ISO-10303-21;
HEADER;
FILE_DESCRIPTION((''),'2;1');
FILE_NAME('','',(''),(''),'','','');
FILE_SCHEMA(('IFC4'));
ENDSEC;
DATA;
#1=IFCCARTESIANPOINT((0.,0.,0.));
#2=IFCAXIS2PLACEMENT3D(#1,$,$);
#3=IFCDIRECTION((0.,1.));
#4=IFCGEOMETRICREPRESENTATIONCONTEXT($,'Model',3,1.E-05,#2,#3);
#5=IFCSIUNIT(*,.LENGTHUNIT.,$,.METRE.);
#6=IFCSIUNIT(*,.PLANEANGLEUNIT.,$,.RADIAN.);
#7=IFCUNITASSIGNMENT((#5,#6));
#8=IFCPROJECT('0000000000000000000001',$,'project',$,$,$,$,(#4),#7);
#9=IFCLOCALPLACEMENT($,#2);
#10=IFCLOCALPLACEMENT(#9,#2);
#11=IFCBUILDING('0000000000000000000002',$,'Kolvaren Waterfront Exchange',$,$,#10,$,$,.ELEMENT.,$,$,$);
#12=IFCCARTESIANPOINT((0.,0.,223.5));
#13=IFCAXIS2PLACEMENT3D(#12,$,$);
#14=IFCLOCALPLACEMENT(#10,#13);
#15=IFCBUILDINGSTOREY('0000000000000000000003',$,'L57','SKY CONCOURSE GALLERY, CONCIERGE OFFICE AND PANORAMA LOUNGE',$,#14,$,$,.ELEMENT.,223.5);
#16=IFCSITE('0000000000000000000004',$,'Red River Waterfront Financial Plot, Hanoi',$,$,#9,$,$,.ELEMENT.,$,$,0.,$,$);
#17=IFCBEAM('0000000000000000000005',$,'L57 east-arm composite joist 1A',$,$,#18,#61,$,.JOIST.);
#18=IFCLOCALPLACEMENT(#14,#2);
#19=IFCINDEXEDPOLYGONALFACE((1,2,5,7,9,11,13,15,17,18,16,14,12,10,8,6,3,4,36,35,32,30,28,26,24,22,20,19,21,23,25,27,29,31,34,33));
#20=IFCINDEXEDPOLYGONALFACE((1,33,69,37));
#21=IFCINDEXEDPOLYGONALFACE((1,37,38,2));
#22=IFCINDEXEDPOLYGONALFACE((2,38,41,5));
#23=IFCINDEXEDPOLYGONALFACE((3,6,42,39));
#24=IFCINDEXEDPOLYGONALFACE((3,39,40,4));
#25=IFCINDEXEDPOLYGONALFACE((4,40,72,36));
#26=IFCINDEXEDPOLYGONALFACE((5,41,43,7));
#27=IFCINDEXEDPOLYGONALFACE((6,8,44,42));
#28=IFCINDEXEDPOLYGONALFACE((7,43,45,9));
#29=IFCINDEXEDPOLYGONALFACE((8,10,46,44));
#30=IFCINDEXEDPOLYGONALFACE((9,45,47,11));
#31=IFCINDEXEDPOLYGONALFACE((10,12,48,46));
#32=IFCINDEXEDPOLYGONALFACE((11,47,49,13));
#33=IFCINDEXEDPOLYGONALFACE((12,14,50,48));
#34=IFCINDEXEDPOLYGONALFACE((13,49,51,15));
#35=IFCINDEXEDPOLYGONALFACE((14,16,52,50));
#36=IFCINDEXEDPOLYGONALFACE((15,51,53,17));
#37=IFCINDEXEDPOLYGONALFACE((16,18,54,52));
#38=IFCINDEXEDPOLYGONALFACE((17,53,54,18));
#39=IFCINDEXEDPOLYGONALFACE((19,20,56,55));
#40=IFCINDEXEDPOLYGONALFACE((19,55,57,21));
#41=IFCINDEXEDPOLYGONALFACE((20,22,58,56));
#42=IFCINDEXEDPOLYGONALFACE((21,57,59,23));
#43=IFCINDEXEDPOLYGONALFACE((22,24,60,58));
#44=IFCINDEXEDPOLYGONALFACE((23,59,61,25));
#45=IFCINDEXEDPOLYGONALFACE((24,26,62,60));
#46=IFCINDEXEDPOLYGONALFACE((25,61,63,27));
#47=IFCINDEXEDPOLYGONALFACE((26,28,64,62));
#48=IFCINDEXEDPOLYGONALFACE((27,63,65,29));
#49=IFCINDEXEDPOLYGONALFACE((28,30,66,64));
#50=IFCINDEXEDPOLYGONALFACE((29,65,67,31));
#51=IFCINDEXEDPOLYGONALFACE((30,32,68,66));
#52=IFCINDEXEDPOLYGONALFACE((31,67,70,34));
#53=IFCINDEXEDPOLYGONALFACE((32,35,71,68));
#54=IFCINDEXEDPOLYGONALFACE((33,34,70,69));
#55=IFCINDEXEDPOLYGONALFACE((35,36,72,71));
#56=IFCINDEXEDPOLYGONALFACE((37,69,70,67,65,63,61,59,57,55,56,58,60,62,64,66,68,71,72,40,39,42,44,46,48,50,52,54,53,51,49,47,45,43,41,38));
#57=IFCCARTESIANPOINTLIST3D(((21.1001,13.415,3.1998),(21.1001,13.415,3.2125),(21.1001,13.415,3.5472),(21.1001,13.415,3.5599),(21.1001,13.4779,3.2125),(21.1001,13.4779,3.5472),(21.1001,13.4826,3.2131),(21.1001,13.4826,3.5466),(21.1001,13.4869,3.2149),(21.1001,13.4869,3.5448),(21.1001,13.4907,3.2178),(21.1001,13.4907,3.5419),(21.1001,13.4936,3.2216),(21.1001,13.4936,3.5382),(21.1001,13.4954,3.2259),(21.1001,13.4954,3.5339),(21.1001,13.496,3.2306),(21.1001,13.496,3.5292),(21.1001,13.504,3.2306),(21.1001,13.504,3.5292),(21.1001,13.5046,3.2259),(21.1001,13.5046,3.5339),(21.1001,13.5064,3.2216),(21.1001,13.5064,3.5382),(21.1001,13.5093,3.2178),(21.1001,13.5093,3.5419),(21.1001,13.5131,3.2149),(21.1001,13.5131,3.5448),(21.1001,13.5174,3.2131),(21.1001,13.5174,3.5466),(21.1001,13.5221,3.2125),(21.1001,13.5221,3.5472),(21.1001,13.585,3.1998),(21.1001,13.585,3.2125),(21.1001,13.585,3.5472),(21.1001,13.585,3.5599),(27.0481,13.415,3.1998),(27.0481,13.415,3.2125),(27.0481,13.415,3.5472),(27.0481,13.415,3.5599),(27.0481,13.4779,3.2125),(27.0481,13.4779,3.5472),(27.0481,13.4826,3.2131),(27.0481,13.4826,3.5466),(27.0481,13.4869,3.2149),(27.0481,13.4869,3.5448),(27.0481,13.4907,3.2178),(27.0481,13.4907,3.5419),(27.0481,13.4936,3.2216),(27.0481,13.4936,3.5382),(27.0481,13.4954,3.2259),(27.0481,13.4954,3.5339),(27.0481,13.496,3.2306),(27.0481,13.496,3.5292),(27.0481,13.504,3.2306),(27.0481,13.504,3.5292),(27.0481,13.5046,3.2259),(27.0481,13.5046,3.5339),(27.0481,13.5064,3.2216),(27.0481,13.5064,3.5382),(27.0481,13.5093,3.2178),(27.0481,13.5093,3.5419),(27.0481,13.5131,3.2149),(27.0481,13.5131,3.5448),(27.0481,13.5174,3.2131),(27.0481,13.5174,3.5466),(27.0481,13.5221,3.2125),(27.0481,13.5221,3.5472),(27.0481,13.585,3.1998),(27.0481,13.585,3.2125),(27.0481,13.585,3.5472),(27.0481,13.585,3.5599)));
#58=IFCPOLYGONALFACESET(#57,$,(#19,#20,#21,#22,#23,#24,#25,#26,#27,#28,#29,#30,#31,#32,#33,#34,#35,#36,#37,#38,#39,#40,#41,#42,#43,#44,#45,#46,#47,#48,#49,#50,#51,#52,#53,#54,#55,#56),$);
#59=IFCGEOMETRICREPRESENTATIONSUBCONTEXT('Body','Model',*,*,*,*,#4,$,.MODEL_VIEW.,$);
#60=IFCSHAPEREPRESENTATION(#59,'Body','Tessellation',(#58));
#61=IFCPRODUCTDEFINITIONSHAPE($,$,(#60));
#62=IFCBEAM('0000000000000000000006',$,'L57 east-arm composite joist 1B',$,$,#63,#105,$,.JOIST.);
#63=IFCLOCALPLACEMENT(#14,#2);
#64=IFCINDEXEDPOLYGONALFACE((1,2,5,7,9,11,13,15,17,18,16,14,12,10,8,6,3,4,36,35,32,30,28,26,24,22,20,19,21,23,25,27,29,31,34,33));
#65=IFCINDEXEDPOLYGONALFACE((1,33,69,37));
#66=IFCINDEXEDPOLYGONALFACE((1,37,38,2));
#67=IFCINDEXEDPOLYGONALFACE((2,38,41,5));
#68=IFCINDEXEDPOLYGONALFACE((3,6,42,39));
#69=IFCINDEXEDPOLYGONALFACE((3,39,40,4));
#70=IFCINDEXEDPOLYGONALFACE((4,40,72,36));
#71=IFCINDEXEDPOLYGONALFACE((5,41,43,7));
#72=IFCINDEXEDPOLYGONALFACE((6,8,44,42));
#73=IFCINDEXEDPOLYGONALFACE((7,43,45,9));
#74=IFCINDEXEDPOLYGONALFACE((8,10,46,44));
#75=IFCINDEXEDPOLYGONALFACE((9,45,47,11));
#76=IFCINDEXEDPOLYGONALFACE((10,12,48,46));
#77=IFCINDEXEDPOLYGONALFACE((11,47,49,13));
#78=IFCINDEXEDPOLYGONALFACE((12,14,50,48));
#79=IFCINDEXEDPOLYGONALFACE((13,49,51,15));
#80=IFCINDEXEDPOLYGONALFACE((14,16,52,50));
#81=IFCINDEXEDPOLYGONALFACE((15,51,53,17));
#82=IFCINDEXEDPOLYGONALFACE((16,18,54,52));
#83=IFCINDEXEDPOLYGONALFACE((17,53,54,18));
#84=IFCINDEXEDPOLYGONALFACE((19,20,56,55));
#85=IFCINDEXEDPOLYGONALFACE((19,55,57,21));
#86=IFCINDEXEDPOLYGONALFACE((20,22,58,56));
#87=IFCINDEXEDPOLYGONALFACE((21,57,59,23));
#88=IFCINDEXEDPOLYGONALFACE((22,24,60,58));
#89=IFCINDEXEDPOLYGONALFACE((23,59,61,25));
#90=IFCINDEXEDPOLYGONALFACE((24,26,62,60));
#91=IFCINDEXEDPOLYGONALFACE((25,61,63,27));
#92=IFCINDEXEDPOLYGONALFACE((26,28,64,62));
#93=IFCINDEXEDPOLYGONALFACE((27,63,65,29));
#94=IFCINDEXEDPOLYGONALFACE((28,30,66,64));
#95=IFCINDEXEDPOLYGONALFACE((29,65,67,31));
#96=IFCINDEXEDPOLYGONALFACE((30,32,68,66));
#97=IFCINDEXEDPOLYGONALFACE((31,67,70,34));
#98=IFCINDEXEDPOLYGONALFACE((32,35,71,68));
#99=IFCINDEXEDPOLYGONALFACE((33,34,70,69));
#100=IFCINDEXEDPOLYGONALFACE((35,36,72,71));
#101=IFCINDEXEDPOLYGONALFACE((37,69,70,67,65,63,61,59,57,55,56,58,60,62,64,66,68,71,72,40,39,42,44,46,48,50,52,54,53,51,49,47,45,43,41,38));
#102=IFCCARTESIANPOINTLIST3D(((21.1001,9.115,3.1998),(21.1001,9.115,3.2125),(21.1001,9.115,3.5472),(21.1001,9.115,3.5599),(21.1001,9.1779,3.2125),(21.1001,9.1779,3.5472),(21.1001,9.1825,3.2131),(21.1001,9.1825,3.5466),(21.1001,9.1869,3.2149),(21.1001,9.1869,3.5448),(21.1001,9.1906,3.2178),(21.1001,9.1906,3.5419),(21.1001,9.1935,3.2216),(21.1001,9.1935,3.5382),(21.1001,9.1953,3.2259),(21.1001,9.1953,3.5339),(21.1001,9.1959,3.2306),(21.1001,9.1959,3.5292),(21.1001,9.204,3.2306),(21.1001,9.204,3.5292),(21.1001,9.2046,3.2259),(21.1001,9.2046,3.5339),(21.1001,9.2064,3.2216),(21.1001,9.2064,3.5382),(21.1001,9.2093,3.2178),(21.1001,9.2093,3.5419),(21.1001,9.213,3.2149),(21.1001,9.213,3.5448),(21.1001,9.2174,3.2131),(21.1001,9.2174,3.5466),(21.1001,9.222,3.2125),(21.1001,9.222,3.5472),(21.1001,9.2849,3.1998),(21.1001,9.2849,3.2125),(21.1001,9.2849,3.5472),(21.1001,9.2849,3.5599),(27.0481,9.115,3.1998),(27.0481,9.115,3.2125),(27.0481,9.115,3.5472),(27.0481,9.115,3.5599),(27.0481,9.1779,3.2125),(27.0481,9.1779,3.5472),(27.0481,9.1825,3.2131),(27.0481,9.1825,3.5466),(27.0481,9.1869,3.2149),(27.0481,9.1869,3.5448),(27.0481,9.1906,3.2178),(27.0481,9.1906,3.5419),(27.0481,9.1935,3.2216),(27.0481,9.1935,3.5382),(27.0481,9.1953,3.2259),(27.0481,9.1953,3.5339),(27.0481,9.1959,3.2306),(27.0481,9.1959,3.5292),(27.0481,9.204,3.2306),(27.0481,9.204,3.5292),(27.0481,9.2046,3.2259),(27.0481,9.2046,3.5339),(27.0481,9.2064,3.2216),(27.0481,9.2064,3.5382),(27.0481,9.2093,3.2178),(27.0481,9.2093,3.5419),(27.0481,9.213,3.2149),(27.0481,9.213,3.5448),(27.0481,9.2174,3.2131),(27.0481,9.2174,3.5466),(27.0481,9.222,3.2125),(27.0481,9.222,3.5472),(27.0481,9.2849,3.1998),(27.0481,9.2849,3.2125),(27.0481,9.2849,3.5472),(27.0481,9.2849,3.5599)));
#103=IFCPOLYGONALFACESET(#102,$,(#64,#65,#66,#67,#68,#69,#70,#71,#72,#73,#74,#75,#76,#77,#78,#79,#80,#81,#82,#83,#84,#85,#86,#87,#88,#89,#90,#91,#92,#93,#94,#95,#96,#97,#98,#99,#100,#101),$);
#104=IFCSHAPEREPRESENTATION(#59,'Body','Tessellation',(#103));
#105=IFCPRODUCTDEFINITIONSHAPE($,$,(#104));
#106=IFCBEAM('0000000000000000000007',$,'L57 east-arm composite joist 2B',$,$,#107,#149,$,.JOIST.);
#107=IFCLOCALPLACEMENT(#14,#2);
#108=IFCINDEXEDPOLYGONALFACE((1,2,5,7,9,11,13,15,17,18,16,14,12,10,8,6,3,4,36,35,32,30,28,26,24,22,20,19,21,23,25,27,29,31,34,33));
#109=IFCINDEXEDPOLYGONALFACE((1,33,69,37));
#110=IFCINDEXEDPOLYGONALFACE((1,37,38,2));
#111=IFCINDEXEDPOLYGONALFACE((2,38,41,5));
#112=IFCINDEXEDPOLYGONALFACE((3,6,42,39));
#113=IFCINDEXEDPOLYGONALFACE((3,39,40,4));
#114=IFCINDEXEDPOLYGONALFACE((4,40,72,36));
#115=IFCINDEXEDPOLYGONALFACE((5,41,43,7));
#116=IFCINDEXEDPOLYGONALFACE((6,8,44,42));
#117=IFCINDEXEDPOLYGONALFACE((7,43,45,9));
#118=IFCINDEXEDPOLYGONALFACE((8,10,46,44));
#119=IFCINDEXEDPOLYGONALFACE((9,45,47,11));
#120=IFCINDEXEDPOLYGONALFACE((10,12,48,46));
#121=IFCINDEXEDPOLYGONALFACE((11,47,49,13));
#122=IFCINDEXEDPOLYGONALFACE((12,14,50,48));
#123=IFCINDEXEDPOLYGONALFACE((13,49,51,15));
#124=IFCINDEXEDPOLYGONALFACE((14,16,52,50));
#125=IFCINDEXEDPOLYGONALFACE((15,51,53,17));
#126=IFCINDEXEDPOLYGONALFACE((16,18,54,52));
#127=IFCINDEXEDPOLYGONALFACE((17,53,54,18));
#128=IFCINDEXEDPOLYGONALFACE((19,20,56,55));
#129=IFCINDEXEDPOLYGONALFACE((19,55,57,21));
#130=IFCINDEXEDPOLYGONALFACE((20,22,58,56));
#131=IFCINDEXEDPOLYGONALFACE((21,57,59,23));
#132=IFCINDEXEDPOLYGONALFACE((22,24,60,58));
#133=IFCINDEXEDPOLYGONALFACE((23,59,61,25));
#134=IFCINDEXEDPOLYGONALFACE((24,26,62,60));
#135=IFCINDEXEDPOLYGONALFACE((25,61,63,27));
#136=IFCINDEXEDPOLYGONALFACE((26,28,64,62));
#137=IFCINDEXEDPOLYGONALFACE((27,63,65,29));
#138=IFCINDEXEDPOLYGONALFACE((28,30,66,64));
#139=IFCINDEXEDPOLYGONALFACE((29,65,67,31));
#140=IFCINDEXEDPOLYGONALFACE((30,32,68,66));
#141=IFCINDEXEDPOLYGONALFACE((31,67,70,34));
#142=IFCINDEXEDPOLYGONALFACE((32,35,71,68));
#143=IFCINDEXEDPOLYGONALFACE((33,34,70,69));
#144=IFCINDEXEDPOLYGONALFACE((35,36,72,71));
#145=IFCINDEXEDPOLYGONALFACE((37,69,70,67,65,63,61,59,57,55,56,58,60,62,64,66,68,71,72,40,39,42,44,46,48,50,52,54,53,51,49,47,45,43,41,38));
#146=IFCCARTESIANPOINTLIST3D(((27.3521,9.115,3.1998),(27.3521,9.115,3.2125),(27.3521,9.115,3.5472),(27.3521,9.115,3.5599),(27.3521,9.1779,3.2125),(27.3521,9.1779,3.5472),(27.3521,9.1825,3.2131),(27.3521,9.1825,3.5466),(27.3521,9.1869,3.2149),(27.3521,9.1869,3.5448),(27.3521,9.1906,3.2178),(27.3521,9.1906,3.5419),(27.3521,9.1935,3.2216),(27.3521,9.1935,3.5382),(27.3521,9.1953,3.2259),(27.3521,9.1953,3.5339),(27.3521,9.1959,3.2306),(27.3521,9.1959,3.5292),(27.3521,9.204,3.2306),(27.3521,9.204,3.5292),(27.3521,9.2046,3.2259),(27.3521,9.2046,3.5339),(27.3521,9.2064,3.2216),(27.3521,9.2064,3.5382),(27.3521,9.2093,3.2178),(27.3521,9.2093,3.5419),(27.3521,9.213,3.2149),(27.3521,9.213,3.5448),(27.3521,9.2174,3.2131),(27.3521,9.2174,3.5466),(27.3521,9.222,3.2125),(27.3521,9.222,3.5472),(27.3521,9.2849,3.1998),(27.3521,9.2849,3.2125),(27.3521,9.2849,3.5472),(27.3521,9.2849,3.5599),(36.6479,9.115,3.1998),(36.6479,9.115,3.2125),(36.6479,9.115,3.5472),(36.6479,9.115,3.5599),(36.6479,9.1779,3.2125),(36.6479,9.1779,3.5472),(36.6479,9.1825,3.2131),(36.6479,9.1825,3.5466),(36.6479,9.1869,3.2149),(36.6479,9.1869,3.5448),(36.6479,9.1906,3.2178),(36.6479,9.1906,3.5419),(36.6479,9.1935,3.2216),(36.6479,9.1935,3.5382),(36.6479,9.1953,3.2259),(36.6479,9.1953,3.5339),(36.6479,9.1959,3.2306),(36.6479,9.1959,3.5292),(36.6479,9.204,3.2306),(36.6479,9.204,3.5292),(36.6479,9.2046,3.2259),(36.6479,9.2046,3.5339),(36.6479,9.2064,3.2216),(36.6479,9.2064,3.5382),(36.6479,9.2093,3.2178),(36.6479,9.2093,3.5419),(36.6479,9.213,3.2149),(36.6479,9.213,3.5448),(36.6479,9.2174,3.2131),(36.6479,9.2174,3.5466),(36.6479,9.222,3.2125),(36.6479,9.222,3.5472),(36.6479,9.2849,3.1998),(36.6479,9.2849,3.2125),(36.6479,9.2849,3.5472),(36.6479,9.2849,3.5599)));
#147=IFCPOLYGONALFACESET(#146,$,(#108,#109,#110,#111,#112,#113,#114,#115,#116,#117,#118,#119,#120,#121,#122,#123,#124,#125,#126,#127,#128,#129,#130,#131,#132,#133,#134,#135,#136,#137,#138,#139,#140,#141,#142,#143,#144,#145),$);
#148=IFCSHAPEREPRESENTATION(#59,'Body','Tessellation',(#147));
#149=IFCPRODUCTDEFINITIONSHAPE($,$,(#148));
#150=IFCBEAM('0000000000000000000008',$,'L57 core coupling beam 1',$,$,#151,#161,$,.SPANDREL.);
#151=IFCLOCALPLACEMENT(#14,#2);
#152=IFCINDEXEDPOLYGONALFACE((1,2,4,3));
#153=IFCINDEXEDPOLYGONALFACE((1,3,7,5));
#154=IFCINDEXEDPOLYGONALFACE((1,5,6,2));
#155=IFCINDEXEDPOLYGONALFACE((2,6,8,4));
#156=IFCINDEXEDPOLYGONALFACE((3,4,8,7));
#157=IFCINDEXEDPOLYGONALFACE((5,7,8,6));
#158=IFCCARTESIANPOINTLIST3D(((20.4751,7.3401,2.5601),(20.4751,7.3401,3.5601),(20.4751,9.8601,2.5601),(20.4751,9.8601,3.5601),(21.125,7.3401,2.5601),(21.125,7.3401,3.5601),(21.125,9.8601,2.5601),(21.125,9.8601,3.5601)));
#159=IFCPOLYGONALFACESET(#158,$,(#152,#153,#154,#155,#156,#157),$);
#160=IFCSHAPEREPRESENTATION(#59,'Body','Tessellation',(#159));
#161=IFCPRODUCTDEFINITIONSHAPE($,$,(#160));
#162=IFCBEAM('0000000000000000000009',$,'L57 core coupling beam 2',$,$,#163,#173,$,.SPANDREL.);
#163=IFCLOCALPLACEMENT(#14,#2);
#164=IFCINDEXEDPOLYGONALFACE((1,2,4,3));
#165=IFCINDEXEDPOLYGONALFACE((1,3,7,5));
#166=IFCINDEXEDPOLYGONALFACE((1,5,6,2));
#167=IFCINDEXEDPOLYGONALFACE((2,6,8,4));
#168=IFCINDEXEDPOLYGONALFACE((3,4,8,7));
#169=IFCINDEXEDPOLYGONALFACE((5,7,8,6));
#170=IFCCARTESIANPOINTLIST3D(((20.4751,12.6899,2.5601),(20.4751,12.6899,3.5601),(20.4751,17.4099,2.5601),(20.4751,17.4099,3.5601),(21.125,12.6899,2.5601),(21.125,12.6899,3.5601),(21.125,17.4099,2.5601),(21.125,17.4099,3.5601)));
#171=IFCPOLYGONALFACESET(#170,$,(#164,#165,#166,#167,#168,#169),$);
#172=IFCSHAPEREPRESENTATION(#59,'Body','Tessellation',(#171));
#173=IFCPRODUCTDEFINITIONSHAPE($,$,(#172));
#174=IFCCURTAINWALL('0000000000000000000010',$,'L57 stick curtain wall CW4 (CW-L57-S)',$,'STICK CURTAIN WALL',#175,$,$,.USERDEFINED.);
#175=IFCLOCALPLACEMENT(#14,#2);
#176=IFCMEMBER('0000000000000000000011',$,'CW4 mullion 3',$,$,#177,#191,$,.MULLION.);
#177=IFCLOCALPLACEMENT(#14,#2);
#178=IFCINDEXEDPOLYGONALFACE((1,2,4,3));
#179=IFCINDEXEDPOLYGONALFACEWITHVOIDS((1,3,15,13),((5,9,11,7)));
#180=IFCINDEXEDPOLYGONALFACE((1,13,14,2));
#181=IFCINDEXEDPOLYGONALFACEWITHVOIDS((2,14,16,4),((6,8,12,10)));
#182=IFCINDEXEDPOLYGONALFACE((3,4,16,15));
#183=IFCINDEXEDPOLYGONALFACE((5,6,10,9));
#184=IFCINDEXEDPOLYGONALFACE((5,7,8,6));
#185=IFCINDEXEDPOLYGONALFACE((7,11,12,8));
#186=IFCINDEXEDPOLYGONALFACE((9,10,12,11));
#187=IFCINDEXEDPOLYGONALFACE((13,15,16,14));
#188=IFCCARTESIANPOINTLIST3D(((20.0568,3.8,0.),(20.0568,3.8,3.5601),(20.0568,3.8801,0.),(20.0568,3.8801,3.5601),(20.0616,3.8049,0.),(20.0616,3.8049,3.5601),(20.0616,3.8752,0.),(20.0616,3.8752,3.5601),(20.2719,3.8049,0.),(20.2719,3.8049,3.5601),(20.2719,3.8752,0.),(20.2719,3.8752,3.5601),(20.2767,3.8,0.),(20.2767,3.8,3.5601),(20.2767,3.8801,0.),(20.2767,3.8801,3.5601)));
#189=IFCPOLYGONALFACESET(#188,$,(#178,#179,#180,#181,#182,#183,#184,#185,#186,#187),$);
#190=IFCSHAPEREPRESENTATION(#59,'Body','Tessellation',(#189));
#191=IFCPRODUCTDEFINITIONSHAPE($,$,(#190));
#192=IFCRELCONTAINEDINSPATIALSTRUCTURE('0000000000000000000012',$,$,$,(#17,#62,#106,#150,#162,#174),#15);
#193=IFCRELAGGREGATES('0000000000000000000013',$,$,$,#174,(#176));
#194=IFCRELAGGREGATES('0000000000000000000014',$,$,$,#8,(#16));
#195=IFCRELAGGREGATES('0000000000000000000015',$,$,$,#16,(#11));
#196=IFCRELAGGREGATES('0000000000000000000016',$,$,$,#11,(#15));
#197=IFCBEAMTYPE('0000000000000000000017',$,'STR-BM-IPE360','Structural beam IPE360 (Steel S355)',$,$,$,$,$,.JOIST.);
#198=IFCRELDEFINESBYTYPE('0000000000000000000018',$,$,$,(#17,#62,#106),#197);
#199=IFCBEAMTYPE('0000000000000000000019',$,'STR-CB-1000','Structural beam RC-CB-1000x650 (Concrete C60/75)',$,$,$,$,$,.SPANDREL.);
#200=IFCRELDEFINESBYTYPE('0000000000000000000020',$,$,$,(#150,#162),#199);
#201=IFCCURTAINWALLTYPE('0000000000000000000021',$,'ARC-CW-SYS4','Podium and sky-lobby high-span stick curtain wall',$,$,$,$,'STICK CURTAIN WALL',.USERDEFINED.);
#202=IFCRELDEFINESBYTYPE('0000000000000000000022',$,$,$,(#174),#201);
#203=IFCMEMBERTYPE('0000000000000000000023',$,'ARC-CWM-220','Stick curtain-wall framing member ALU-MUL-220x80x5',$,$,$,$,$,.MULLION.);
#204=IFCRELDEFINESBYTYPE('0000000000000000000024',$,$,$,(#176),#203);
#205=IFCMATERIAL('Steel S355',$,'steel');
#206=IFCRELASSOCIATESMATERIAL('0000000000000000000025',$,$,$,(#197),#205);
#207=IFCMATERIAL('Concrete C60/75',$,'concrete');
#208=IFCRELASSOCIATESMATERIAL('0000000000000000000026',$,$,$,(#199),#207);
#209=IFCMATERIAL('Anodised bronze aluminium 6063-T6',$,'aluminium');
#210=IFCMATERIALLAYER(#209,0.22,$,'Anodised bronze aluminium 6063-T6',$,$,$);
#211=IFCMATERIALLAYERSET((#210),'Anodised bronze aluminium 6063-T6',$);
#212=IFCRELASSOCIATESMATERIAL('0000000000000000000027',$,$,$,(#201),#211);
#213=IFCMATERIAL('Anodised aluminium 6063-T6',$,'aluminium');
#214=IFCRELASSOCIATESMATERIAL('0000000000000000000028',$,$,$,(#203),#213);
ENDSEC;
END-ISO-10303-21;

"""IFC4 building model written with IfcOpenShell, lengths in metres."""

from ifc_helpers import new_model, si_unit, direction, frame, origin, origin_with_axes, origin_2d, place, context, subcontext, project, spatial, rectangle, hollow_rectangle, i_section, extrude, source, transform, mapped, material, layer, layer_set, material_profile, profile_set, type_object, element, aggregate, save


model = new_model("IFC4")

# Units and contexts
model_context = context("Model", 3, precision=1e-05, world=origin(), true_north=direction((0.0, 1.0)))
body_context = subcontext(model_context, "Body", "Model", "MODEL_VIEW")
ifc_project = project(units=[si_unit("LENGTHUNIT", "METRE"), si_unit("PLANEANGLEUNIT", "RADIAN")], contexts=[model_context])

# Site, building, storey
site_placement = place(None, origin())
site = spatial("IfcSite", under=ifc_project, at=site_placement, Name="Red River Waterfront Financial Plot, Hanoi", CompositionType="ELEMENT", RefElevation=0.0)
building_placement = place(site_placement, origin())
building = spatial("IfcBuilding", under=site, at=building_placement, Name="Kolvaren Waterfront Exchange", CompositionType="ELEMENT")
storey_placement = place(building_placement, frame((0.0, 0.0, 223.5)))
storey = spatial("IfcBuildingStorey", under=building, at=storey_placement, Name="L57", Description="SKY CONCOURSE GALLERY, CONCIERGE OFFICE AND PANORAMA LOUNGE", CompositionType="ELEMENT", Elevation=223.5)

# Beams
ifc_material_1 = material(Name="Steel S355", Category="steel")
ifc_material_profile_1 = material_profile(ifc_material_1, i_section(OverallWidth=0.1699, OverallDepth=0.3601, WebThickness=0.0081, FlangeThickness=0.0127, FilletRadius=0.0181, at=origin_2d()), Name="IPE360")
ifc_profile_set_1 = profile_set([ifc_material_profile_1], Name="Steel S355")
beam_type_1 = type_object("IfcBeamType", Name="STR-BM-IPE360", Description="Structural beam IPE360 (Steel S355)", PredefinedType="JOIST", material=ifc_profile_set_1)
for number, where, z_axis, x_axis, name in (
    (1, (21.1001, 13.5, 3.3799), (1.0, 0.0, 0.0), (0.0, 1.0, 0.0), "L57 east-arm composite joist 1A"),
    (2, (21.1001, 9.2, 3.3799), (1.0, 0.0, 0.0), (0.0, 1.0, 0.0), "L57 east-arm composite joist 1B"),
):
    element("IfcBeam", number, at=place(storey_placement, frame(where, z_axis=z_axis, x_axis=x_axis)), inside=storey, type_object=beam_type_1, Name=name, PredefinedType="JOIST", context=body_context, shape_type="SweptSolid", body=[
        extrude(i_section(OverallWidth=0.1699, OverallDepth=0.3601, WebThickness=0.0081, FlangeThickness=0.0127, FilletRadius=0.0181, at=origin_2d()), origin(), (0.0, 0.0, 1.0), 5.948),
    ])
beam_1_placement = place(storey_placement, frame((27.3521, 9.2, 3.3799), z_axis=(1.0, 0.0, 0.0), x_axis=(0.0, 1.0, 0.0)))
element("IfcBeam", 3, at=beam_1_placement, inside=storey, type_object=beam_type_1, Name="L57 east-arm composite joist 2B", PredefinedType="JOIST", context=body_context, shape_type="SweptSolid", body=[
    extrude(i_section(OverallWidth=0.1699, OverallDepth=0.3601, WebThickness=0.0081, FlangeThickness=0.0127, FilletRadius=0.0181, at=origin_2d()), origin(), (0.0, 0.0, 1.0), 9.2959),
])
ifc_material_2 = material(Name="Concrete C60/75", Category="concrete")
ifc_material_profile_2 = material_profile(ifc_material_2, rectangle(XDim=0.6499, YDim=1.0, at=origin_2d()), Name="RC-CB-1000x650")
ifc_profile_set_2 = profile_set([ifc_material_profile_2], Name="Concrete C60/75")
beam_type_2 = type_object("IfcBeamType", Name="STR-CB-1000", Description="Structural beam RC-CB-1000x650 (Concrete C60/75)", PredefinedType="SPANDREL", material=ifc_profile_set_2)
beam_2_placement = place(storey_placement, frame((20.8, 7.3401, 3.0601), z_axis=(0.0, 1.0, 0.0), x_axis=(-1.0, 0.0, 0.0)))
element("IfcBeam", 4, at=beam_2_placement, inside=storey, type_object=beam_type_2, Name="L57 core coupling beam 1", PredefinedType="SPANDREL", context=body_context, shape_type="SweptSolid", body=[
    extrude(rectangle(XDim=0.6499, YDim=1.0, at=origin_2d()), origin(), (0.0, 0.0, 1.0), 2.52),
])
beam_3_placement = place(storey_placement, frame((20.8, 12.6899, 3.0601), z_axis=(0.0, 1.0, 0.0), x_axis=(-1.0, 0.0, 0.0)))
element("IfcBeam", 5, at=beam_3_placement, inside=storey, type_object=beam_type_2, Name="L57 core coupling beam 2", PredefinedType="SPANDREL", context=body_context, shape_type="SweptSolid", body=[
    extrude(rectangle(XDim=0.6499, YDim=1.0, at=origin_2d()), origin(), (0.0, 0.0, 1.0), 4.72),
])

# Curtain wall, member
ifc_material_3 = material(Name="Anodised bronze aluminium 6063-T6", Category="aluminium")
ifc_layer_1 = layer(ifc_material_3, 0.22, Name="Anodised bronze aluminium 6063-T6")
ifc_layer_set_1 = layer_set([ifc_layer_1], Name="Anodised bronze aluminium 6063-T6")
curtain_wall_type = type_object("IfcCurtainWallType", Name="ARC-CW-SYS4", Description="Podium and sky-lobby high-span stick curtain wall", ElementType="STICK CURTAIN WALL", PredefinedType="USERDEFINED", material=ifc_layer_set_1)
curtain_wall_placement = place(storey_placement, origin())
curtain_wall = element("IfcCurtainWall", 6, at=curtain_wall_placement, inside=storey, type_object=curtain_wall_type, Name="L57 stick curtain wall CW4 (CW-L57-S)", ObjectType="STICK CURTAIN WALL", PredefinedType="USERDEFINED")
ifc_material_4 = material(Name="Anodised aluminium 6063-T6", Category="aluminium")
ifc_material_profile_3 = material_profile(ifc_material_4, hollow_rectangle(XDim=0.0801, YDim=0.22, WallThickness=0.0049, at=origin_2d()), Name="ALU-MUL-220x80x5")
ifc_profile_set_3 = profile_set([ifc_material_profile_3], Name="Anodised aluminium 6063-T6")
member_type_1 = type_object("IfcMemberType", Name="ARC-CWM-220", Description="Stick curtain-wall framing member ALU-MUL-220x80x5", PredefinedType="MULLION", material=ifc_profile_set_3)
shared_shape_1 = source(origin_with_axes(), body_context, "Body", "SweptSolid", [
    extrude(hollow_rectangle(XDim=0.0801, YDim=0.22, WallThickness=0.0049, at=origin_2d()), origin(), (0.0, 0.0, 1.0), 3.5601),
])
member_1_placement = place(storey_placement, frame((20.1667, 3.8401, 0.0), z_axis=(0.0, 0.0, 1.0), x_axis=(0.0, 1.0, 0.0)))
member_1 = element("IfcMember", 7, at=member_1_placement, type_object=member_type_1, Name="CW4 mullion 3", PredefinedType="MULLION", context=body_context, shape_type="MappedRepresentation", body=[
    mapped(shared_shape_1, transform((0.0, 0.0, 0.0), x_axis=(1.0, 0.0, 0.0), y_axis=(0.0, 1.0, 0.0), z_axis=(0.0, 0.0, 1.0), scale=1.0)),
])
aggregate(curtain_wall, [member_1])

save(model, "model.ifc")
